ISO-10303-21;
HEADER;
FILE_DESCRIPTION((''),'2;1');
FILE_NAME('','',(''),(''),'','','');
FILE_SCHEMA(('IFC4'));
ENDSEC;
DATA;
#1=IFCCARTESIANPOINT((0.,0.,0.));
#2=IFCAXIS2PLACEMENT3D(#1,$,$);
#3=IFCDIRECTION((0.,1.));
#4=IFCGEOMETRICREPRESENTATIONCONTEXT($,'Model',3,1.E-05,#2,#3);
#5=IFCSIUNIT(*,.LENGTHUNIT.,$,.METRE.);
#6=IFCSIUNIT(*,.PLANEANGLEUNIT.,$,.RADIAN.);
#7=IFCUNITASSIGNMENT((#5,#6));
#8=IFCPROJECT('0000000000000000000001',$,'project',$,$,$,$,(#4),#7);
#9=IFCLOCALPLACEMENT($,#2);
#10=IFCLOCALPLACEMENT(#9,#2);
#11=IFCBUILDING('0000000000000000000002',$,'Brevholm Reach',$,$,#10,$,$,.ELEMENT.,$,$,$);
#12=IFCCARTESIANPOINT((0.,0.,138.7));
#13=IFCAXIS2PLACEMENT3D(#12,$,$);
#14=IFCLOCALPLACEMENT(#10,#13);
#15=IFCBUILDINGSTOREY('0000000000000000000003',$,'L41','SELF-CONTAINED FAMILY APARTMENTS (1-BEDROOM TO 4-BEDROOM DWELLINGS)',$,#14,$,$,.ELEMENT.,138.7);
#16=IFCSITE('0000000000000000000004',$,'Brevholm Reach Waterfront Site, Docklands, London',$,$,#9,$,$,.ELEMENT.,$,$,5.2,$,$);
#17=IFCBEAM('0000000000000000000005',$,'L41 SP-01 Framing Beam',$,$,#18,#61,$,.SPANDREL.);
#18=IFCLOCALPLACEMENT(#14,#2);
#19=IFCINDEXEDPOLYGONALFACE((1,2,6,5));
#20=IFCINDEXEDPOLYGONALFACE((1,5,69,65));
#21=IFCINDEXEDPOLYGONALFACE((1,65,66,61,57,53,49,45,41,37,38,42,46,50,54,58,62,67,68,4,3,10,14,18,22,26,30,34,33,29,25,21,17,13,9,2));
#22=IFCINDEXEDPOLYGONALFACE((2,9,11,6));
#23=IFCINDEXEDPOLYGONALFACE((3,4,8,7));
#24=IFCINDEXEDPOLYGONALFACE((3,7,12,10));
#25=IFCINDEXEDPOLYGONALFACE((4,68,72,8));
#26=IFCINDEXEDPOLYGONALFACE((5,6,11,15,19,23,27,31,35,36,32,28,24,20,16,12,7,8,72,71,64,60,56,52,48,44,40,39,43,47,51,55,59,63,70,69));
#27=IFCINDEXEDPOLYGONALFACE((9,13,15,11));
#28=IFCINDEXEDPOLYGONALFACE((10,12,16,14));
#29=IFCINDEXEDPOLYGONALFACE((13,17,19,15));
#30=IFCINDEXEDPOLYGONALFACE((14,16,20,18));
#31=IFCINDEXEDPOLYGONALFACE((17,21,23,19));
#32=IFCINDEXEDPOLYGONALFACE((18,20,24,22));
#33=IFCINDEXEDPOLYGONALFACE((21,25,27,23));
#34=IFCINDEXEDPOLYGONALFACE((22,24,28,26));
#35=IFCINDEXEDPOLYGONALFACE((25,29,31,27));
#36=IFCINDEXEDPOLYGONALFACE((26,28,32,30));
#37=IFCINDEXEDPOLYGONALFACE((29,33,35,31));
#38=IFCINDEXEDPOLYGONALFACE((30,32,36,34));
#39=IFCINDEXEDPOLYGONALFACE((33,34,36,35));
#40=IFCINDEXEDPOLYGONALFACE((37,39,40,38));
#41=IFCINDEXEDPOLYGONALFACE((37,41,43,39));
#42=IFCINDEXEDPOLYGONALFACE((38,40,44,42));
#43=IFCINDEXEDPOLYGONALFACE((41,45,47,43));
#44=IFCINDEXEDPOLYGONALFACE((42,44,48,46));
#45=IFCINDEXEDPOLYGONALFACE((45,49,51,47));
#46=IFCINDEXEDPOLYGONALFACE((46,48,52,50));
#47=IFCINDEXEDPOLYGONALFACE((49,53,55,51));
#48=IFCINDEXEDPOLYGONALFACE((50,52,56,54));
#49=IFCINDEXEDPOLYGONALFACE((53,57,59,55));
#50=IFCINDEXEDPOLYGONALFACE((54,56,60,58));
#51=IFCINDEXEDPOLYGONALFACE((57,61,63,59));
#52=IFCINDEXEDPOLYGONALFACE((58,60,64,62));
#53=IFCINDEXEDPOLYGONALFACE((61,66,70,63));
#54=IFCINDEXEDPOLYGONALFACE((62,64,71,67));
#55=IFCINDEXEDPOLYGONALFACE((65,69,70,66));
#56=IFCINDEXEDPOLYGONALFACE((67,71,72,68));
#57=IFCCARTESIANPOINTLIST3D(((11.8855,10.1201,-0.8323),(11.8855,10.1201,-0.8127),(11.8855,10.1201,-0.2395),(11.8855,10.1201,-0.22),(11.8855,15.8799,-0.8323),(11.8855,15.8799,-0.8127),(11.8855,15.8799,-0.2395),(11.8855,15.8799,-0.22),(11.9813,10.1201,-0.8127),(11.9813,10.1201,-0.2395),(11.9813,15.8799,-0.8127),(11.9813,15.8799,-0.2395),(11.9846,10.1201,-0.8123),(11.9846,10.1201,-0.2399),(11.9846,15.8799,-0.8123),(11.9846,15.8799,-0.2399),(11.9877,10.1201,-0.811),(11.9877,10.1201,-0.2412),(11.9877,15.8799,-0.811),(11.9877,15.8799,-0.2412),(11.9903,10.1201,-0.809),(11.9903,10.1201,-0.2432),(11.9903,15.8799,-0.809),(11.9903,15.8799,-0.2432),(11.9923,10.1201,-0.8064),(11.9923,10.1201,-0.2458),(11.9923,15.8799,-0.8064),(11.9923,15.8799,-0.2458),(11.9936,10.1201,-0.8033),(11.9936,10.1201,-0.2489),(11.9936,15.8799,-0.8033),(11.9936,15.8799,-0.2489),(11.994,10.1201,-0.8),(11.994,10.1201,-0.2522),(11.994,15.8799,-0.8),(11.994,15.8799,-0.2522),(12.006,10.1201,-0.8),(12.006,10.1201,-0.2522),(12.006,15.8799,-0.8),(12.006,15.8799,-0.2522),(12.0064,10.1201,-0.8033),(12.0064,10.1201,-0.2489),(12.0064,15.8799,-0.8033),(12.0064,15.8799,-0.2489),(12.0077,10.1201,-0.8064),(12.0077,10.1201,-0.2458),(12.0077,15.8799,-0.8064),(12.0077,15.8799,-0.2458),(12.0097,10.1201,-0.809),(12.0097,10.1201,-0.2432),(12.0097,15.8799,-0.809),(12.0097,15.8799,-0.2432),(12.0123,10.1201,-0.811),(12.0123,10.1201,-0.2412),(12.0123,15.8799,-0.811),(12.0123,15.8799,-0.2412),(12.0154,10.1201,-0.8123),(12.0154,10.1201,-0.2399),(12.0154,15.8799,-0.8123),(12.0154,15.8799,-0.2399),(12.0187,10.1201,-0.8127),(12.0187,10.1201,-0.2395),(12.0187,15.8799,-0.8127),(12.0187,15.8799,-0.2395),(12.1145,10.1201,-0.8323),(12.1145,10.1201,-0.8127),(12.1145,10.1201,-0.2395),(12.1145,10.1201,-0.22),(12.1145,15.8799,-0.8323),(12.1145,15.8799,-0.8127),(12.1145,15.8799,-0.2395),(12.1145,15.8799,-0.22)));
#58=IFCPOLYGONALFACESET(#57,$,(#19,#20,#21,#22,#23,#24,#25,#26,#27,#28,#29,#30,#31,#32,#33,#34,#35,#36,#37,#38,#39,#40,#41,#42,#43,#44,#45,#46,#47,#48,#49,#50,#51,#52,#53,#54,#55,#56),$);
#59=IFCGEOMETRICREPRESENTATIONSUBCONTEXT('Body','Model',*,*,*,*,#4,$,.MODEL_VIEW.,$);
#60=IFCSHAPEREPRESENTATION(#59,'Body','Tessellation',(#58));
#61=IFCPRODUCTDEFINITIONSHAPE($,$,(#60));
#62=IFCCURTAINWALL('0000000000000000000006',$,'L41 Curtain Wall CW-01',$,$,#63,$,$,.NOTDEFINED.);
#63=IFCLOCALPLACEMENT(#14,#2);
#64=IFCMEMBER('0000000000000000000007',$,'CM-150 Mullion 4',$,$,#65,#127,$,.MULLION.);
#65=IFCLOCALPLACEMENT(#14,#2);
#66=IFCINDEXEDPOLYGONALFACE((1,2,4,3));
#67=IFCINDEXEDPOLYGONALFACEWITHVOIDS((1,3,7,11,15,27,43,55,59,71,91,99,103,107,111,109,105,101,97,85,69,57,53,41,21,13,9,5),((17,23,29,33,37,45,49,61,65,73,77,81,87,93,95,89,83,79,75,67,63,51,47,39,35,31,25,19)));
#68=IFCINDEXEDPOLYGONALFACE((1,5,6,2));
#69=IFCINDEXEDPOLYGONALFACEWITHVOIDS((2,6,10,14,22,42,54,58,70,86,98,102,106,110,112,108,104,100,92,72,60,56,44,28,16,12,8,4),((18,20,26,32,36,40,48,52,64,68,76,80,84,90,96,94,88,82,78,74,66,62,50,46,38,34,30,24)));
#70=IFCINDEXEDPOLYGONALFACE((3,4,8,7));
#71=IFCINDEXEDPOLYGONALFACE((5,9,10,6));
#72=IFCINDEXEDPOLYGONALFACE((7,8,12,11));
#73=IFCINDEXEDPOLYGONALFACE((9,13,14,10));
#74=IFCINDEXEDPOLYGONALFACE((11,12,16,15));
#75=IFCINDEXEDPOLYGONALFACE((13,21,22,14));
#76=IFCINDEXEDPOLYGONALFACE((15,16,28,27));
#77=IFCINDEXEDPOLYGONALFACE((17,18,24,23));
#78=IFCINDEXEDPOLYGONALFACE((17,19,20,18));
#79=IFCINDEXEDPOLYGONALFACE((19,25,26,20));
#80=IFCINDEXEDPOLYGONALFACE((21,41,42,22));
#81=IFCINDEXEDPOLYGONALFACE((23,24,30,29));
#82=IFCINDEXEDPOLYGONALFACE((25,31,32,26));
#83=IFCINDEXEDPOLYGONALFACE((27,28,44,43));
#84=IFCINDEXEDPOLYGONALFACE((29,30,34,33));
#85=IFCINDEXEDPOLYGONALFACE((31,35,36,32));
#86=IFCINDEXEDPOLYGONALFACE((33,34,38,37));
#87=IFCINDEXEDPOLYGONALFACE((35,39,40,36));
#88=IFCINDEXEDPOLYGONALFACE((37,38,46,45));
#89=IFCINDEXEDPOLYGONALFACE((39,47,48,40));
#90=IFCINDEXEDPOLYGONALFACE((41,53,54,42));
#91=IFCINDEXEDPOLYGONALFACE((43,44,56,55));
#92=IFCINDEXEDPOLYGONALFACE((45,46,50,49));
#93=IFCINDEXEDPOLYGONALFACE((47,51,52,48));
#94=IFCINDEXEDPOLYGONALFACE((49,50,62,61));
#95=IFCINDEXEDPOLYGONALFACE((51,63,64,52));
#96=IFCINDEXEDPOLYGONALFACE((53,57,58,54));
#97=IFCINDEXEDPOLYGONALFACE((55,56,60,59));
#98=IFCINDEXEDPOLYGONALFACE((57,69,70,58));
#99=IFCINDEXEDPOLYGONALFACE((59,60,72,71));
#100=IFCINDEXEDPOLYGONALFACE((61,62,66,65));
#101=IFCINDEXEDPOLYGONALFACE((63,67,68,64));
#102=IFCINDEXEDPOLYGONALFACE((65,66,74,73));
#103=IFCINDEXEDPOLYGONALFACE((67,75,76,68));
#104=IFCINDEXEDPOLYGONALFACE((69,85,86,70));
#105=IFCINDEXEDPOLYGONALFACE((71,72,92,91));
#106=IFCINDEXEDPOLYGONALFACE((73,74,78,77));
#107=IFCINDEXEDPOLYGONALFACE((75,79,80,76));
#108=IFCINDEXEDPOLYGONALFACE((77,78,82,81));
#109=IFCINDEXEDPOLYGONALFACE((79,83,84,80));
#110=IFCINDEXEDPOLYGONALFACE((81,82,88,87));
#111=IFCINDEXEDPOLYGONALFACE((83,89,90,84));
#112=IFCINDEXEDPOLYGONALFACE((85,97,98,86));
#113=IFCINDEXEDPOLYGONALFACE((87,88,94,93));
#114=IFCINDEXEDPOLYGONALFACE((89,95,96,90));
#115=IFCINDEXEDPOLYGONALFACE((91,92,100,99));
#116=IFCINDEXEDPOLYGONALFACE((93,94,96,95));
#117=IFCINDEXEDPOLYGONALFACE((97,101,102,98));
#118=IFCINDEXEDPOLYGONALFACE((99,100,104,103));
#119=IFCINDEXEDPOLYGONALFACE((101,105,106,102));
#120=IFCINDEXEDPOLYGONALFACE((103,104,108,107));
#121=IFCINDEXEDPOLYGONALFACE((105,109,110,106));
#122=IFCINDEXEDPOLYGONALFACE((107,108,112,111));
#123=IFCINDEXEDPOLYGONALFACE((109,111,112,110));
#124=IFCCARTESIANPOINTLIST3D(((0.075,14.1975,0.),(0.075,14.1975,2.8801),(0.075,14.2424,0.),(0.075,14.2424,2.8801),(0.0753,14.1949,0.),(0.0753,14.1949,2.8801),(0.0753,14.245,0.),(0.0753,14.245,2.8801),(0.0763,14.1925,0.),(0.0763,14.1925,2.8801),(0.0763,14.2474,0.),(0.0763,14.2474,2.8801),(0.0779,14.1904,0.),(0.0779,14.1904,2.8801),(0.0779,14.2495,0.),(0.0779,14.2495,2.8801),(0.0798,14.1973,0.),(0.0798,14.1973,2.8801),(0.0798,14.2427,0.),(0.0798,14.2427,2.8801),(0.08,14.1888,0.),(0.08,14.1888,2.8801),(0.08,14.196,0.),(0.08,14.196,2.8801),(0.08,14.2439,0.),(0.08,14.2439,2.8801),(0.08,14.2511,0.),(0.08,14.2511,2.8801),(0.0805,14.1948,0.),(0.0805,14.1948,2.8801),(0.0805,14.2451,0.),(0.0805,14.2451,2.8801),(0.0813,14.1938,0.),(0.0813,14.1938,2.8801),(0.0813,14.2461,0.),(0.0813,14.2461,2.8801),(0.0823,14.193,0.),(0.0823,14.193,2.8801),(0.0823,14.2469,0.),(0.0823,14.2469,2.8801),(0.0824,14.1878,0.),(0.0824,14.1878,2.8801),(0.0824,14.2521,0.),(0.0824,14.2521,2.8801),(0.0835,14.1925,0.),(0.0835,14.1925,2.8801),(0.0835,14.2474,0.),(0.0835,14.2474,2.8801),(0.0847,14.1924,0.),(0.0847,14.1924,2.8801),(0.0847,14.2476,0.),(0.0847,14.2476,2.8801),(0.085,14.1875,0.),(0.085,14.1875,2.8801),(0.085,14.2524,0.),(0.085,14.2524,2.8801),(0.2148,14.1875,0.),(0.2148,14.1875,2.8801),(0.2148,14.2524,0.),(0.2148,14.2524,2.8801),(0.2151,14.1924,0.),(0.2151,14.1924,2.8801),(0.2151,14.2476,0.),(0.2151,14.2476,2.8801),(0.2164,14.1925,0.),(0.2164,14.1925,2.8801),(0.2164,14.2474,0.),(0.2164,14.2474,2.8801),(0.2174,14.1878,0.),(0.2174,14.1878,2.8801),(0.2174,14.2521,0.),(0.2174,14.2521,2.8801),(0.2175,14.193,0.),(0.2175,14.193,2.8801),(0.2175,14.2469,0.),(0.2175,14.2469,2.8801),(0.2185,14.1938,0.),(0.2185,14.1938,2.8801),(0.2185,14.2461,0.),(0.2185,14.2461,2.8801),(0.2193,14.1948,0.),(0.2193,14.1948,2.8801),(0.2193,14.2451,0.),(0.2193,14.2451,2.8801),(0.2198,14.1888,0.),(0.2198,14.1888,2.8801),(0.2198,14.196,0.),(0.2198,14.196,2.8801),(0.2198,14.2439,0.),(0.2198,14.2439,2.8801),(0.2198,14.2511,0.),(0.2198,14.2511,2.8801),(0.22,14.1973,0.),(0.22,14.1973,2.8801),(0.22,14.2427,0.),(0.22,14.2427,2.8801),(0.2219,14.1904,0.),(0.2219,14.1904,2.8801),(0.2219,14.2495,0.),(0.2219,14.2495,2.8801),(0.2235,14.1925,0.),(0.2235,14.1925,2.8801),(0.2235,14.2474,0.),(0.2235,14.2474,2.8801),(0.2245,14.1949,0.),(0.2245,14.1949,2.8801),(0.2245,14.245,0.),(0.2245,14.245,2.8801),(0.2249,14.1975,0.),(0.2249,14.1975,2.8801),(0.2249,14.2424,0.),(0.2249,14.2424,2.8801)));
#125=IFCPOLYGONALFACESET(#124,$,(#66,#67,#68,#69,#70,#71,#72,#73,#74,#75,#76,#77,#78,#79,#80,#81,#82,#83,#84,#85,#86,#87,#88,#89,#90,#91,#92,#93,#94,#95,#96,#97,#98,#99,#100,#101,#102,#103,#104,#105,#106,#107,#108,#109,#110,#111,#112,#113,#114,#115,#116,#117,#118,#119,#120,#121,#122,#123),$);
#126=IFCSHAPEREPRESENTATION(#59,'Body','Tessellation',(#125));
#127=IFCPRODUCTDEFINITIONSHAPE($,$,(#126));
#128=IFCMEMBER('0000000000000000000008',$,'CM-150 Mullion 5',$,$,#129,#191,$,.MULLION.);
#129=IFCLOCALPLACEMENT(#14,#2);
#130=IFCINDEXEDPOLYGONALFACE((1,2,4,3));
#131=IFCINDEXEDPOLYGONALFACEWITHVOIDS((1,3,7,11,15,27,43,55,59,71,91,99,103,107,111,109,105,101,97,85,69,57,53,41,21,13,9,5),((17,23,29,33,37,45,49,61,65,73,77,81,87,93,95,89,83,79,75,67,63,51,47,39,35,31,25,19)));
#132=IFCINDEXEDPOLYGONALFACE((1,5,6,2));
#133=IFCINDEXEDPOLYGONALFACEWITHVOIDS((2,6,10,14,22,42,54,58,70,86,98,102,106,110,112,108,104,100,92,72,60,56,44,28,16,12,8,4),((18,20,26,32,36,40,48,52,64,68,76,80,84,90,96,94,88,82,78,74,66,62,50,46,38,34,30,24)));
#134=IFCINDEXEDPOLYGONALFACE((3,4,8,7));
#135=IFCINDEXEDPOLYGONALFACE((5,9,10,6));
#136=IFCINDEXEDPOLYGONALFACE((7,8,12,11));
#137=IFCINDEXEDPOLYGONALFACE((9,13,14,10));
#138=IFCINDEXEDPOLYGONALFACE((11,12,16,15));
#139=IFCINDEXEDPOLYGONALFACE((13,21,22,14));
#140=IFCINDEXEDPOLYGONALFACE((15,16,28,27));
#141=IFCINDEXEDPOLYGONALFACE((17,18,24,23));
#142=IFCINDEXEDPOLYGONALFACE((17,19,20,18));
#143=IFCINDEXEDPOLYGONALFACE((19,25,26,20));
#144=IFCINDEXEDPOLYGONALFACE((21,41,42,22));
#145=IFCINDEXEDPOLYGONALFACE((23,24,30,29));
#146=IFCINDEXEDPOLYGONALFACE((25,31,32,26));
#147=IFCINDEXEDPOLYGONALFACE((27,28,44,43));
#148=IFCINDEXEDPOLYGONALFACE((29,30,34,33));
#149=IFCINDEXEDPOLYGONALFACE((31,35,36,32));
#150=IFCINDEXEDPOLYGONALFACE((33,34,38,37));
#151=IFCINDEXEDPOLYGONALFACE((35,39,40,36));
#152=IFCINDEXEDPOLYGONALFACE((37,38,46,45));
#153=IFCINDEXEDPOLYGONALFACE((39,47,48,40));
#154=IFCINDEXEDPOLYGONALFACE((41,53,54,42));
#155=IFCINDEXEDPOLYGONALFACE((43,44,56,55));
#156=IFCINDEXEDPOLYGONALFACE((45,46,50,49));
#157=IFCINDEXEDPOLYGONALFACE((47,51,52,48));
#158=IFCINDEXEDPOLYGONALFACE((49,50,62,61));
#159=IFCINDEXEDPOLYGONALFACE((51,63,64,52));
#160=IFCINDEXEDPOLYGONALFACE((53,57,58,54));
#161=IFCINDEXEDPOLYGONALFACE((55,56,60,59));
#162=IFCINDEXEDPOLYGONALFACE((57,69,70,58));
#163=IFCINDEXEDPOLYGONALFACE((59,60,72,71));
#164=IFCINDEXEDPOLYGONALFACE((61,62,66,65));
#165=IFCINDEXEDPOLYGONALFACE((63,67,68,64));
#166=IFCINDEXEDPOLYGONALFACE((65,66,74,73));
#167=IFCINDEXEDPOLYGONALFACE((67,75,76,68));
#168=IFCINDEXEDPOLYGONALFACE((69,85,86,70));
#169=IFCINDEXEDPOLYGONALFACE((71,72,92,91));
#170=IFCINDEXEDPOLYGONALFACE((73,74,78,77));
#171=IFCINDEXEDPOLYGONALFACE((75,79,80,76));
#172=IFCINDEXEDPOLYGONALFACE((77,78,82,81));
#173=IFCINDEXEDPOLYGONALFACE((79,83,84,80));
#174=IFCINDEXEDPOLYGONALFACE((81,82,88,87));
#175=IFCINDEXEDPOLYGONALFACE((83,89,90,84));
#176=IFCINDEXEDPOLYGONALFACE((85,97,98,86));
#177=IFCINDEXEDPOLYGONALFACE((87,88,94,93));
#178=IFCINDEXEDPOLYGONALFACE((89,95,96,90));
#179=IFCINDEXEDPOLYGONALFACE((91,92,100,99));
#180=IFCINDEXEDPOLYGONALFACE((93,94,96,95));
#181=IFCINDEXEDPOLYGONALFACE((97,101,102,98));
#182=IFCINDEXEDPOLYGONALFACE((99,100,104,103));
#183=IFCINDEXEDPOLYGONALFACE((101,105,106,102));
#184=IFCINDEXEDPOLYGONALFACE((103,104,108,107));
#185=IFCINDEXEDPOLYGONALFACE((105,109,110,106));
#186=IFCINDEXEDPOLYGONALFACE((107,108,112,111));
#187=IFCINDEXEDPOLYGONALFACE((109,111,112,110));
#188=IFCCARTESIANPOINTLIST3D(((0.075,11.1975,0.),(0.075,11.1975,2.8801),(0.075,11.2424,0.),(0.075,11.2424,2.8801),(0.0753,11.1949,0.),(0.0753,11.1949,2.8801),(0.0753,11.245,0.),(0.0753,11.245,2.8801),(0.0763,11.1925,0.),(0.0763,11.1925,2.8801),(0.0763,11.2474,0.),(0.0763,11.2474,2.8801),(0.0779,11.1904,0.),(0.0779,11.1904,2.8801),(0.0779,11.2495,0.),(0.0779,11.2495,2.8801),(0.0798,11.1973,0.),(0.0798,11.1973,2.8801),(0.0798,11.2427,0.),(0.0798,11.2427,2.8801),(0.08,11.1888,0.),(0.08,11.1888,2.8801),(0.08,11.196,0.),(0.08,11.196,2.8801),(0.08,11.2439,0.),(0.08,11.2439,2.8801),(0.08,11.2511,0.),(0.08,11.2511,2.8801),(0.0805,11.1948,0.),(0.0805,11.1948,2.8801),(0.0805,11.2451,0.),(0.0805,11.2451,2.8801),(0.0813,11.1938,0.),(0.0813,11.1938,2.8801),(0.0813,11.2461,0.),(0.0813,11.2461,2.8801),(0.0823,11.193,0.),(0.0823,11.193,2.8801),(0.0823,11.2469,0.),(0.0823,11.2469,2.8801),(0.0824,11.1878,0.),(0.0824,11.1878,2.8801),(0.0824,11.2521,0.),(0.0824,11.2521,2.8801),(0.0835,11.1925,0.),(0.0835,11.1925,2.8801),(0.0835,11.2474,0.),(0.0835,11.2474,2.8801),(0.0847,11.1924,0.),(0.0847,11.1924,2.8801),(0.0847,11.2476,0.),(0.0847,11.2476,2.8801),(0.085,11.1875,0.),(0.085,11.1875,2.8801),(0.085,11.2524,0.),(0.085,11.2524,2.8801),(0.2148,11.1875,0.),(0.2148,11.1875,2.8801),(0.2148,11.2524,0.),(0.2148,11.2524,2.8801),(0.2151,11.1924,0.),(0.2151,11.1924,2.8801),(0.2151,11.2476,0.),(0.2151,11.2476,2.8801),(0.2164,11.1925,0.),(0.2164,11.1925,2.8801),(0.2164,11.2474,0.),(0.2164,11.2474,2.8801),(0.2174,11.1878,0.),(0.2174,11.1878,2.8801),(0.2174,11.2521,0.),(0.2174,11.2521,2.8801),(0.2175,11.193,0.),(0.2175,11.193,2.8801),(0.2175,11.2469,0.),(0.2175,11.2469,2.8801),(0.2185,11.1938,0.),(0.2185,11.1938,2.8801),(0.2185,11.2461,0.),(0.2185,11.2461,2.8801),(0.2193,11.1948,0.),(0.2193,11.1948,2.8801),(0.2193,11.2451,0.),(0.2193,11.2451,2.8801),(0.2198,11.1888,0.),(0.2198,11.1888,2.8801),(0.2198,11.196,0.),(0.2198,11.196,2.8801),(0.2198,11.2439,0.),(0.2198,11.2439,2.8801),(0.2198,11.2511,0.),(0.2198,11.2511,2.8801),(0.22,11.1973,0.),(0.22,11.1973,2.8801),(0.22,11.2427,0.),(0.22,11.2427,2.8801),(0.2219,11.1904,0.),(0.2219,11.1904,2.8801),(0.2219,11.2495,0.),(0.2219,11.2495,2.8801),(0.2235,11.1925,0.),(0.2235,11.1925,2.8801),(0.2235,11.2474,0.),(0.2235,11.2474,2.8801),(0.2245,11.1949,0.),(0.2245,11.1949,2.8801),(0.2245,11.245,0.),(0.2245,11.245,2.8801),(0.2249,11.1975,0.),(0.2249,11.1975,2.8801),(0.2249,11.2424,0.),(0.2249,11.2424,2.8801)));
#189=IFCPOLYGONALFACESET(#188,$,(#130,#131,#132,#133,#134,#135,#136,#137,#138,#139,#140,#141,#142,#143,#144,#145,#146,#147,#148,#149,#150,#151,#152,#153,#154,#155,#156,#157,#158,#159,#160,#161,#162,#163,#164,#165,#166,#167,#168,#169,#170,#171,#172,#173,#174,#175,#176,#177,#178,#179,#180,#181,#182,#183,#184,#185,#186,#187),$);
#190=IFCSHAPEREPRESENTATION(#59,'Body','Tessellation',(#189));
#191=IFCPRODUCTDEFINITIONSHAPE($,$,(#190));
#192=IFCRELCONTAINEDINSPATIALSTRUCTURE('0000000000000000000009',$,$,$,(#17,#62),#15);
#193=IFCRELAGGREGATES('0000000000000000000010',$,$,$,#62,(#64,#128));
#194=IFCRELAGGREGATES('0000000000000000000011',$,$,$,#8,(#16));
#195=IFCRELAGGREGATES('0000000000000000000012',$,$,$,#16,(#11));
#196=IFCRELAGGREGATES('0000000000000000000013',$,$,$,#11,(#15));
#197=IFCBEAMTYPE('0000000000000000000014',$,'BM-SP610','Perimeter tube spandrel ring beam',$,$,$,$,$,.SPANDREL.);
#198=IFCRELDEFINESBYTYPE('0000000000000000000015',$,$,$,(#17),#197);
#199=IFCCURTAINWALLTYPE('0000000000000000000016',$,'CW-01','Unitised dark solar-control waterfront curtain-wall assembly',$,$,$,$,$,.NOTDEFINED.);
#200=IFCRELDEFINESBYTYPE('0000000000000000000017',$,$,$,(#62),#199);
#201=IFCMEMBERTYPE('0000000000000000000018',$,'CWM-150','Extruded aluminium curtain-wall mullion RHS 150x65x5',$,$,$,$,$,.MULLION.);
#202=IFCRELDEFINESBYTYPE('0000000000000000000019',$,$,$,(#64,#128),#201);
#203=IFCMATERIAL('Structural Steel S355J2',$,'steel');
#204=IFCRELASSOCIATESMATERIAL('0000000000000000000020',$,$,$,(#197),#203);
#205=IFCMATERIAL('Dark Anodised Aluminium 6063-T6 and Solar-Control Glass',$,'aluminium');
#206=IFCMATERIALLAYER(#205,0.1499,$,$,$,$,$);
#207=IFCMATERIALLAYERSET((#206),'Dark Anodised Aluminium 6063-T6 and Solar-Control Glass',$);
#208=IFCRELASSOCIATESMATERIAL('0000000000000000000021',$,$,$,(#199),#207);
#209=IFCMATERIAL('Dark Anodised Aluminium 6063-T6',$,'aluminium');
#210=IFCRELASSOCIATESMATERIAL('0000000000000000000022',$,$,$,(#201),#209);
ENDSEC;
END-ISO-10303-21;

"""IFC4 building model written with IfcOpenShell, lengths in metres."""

from ifc_helpers import new_model, si_unit, direction, frame, origin, origin_2d, place, context, subcontext, project, spatial, hollow_rectangle, i_section, extrude, material, layer, layer_set, material_profile, profile_set, type_object, element, aggregate, save


model = new_model("IFC4")

# Units and contexts
model_context = context("Model", 3, precision=1e-05, world=origin(), true_north=direction((0.0, 1.0)))
body_context = subcontext(model_context, "Body", "Model", "MODEL_VIEW")
ifc_project = project(units=[si_unit("LENGTHUNIT", "METRE"), si_unit("PLANEANGLEUNIT", "RADIAN")], contexts=[model_context])

# Site, building, storey
site_placement = place(None, origin())
site = spatial("IfcSite", under=ifc_project, at=site_placement, Name="Brevholm Reach Waterfront Site, Docklands, London", CompositionType="ELEMENT", RefElevation=5.2)
building_placement = place(site_placement, origin())
building = spatial("IfcBuilding", under=site, at=building_placement, Name="Brevholm Reach", CompositionType="ELEMENT")
storey_placement = place(building_placement, frame((0.0, 0.0, 138.7)))
storey = spatial("IfcBuildingStorey", under=building, at=storey_placement, Name="L41", Description="SELF-CONTAINED FAMILY APARTMENTS (1-BEDROOM TO 4-BEDROOM DWELLINGS)", CompositionType="ELEMENT", Elevation=138.7)

# Beam
ifc_material_1 = material(Name="Structural Steel S355J2", Category="steel")
ifc_material_profile_1 = material_profile(ifc_material_1, i_section(OverallWidth=0.229, OverallDepth=0.6123, WebThickness=0.012, FlangeThickness=0.0195, FilletRadius=0.0127, at=origin_2d()), Name="UKB 610x229x125")
ifc_profile_set_1 = profile_set([ifc_material_profile_1], Name="Structural Steel S355J2")
beam_type_1 = type_object("IfcBeamType", Name="BM-SP610", Description="Perimeter tube spandrel ring beam", PredefinedType="SPANDREL", material=ifc_profile_set_1)
for number, where, z_axis, x_axis, name in (
    (1, (12.0, 10.1201, -0.5261), (0.0, 1.0, 0.0), (-1.0, 0.0, 0.0), "L41 SP-01 Framing Beam"),
):
    element("IfcBeam", number, at=place(storey_placement, frame(where, z_axis=z_axis, x_axis=x_axis)), inside=storey, type_object=beam_type_1, Name=name, PredefinedType="SPANDREL", context=body_context, shape_type="SweptSolid", body=[
        extrude(i_section(OverallWidth=0.229, OverallDepth=0.6123, WebThickness=0.012, FlangeThickness=0.0195, FilletRadius=0.0127, at=origin_2d()), origin(), (0.0, 0.0, 1.0), 5.7598),
    ])

# Curtain wall, members
ifc_material_2 = material(Name="Dark Anodised Aluminium 6063-T6 and Solar-Control Glass", Category="aluminium")
ifc_layer_1 = layer(ifc_material_2, 0.1499)
ifc_layer_set_1 = layer_set([ifc_layer_1], Name="Dark Anodised Aluminium 6063-T6 and Solar-Control Glass")
curtain_wall_type = type_object("IfcCurtainWallType", Name="CW-01", Description="Unitised dark solar-control waterfront curtain-wall assembly", PredefinedType="NOTDEFINED", material=ifc_layer_set_1)
curtain_wall_placement = place(storey_placement, origin())
curtain_wall = element("IfcCurtainWall", 2, at=curtain_wall_placement, inside=storey, type_object=curtain_wall_type, Name="L41 Curtain Wall CW-01", PredefinedType="NOTDEFINED")
ifc_material_3 = material(Name="Dark Anodised Aluminium 6063-T6", Category="aluminium")
ifc_material_profile_2 = material_profile(ifc_material_3, hollow_rectangle(XDim=0.0649, YDim=0.1499, WallThickness=0.0049, InnerFilletRadius=0.0049, OuterFilletRadius=0.01, at=origin_2d()), Name="RHS 150x65x5")
ifc_profile_set_2 = profile_set([ifc_material_profile_2], Name="Dark Anodised Aluminium 6063-T6")
member_type_1 = type_object("IfcMemberType", Name="CWM-150", Description="Extruded aluminium curtain-wall mullion RHS 150x65x5", PredefinedType="MULLION", material=ifc_profile_set_2)
member_1_placement = place(storey_placement, frame((0.1499, 14.22, 0.0), z_axis=(0.0, 0.0, 1.0), x_axis=(0.0, -1.0, 0.0)))
member_1 = element("IfcMember", 3, at=member_1_placement, type_object=member_type_1, Name="CM-150 Mullion 4", PredefinedType="MULLION", context=body_context, shape_type="SweptSolid", body=[
    extrude(hollow_rectangle(XDim=0.0649, YDim=0.1499, WallThickness=0.0049, InnerFilletRadius=0.0049, OuterFilletRadius=0.01, at=origin_2d()), origin(), (0.0, 0.0, 1.0), 2.8801),
])
member_2_placement = place(storey_placement, frame((0.1499, 11.22, 0.0), z_axis=(0.0, 0.0, 1.0), x_axis=(0.0, -1.0, 0.0)))
member_2 = element("IfcMember", 4, at=member_2_placement, type_object=member_type_1, Name="CM-150 Mullion 5", PredefinedType="MULLION", context=body_context, shape_type="SweptSolid", body=[
    extrude(hollow_rectangle(XDim=0.0649, YDim=0.1499, WallThickness=0.0049, InnerFilletRadius=0.0049, OuterFilletRadius=0.01, at=origin_2d()), origin(), (0.0, 0.0, 1.0), 2.8801),
])
aggregate(curtain_wall, [member_1, member_2])

save(model, "model.ifc")
